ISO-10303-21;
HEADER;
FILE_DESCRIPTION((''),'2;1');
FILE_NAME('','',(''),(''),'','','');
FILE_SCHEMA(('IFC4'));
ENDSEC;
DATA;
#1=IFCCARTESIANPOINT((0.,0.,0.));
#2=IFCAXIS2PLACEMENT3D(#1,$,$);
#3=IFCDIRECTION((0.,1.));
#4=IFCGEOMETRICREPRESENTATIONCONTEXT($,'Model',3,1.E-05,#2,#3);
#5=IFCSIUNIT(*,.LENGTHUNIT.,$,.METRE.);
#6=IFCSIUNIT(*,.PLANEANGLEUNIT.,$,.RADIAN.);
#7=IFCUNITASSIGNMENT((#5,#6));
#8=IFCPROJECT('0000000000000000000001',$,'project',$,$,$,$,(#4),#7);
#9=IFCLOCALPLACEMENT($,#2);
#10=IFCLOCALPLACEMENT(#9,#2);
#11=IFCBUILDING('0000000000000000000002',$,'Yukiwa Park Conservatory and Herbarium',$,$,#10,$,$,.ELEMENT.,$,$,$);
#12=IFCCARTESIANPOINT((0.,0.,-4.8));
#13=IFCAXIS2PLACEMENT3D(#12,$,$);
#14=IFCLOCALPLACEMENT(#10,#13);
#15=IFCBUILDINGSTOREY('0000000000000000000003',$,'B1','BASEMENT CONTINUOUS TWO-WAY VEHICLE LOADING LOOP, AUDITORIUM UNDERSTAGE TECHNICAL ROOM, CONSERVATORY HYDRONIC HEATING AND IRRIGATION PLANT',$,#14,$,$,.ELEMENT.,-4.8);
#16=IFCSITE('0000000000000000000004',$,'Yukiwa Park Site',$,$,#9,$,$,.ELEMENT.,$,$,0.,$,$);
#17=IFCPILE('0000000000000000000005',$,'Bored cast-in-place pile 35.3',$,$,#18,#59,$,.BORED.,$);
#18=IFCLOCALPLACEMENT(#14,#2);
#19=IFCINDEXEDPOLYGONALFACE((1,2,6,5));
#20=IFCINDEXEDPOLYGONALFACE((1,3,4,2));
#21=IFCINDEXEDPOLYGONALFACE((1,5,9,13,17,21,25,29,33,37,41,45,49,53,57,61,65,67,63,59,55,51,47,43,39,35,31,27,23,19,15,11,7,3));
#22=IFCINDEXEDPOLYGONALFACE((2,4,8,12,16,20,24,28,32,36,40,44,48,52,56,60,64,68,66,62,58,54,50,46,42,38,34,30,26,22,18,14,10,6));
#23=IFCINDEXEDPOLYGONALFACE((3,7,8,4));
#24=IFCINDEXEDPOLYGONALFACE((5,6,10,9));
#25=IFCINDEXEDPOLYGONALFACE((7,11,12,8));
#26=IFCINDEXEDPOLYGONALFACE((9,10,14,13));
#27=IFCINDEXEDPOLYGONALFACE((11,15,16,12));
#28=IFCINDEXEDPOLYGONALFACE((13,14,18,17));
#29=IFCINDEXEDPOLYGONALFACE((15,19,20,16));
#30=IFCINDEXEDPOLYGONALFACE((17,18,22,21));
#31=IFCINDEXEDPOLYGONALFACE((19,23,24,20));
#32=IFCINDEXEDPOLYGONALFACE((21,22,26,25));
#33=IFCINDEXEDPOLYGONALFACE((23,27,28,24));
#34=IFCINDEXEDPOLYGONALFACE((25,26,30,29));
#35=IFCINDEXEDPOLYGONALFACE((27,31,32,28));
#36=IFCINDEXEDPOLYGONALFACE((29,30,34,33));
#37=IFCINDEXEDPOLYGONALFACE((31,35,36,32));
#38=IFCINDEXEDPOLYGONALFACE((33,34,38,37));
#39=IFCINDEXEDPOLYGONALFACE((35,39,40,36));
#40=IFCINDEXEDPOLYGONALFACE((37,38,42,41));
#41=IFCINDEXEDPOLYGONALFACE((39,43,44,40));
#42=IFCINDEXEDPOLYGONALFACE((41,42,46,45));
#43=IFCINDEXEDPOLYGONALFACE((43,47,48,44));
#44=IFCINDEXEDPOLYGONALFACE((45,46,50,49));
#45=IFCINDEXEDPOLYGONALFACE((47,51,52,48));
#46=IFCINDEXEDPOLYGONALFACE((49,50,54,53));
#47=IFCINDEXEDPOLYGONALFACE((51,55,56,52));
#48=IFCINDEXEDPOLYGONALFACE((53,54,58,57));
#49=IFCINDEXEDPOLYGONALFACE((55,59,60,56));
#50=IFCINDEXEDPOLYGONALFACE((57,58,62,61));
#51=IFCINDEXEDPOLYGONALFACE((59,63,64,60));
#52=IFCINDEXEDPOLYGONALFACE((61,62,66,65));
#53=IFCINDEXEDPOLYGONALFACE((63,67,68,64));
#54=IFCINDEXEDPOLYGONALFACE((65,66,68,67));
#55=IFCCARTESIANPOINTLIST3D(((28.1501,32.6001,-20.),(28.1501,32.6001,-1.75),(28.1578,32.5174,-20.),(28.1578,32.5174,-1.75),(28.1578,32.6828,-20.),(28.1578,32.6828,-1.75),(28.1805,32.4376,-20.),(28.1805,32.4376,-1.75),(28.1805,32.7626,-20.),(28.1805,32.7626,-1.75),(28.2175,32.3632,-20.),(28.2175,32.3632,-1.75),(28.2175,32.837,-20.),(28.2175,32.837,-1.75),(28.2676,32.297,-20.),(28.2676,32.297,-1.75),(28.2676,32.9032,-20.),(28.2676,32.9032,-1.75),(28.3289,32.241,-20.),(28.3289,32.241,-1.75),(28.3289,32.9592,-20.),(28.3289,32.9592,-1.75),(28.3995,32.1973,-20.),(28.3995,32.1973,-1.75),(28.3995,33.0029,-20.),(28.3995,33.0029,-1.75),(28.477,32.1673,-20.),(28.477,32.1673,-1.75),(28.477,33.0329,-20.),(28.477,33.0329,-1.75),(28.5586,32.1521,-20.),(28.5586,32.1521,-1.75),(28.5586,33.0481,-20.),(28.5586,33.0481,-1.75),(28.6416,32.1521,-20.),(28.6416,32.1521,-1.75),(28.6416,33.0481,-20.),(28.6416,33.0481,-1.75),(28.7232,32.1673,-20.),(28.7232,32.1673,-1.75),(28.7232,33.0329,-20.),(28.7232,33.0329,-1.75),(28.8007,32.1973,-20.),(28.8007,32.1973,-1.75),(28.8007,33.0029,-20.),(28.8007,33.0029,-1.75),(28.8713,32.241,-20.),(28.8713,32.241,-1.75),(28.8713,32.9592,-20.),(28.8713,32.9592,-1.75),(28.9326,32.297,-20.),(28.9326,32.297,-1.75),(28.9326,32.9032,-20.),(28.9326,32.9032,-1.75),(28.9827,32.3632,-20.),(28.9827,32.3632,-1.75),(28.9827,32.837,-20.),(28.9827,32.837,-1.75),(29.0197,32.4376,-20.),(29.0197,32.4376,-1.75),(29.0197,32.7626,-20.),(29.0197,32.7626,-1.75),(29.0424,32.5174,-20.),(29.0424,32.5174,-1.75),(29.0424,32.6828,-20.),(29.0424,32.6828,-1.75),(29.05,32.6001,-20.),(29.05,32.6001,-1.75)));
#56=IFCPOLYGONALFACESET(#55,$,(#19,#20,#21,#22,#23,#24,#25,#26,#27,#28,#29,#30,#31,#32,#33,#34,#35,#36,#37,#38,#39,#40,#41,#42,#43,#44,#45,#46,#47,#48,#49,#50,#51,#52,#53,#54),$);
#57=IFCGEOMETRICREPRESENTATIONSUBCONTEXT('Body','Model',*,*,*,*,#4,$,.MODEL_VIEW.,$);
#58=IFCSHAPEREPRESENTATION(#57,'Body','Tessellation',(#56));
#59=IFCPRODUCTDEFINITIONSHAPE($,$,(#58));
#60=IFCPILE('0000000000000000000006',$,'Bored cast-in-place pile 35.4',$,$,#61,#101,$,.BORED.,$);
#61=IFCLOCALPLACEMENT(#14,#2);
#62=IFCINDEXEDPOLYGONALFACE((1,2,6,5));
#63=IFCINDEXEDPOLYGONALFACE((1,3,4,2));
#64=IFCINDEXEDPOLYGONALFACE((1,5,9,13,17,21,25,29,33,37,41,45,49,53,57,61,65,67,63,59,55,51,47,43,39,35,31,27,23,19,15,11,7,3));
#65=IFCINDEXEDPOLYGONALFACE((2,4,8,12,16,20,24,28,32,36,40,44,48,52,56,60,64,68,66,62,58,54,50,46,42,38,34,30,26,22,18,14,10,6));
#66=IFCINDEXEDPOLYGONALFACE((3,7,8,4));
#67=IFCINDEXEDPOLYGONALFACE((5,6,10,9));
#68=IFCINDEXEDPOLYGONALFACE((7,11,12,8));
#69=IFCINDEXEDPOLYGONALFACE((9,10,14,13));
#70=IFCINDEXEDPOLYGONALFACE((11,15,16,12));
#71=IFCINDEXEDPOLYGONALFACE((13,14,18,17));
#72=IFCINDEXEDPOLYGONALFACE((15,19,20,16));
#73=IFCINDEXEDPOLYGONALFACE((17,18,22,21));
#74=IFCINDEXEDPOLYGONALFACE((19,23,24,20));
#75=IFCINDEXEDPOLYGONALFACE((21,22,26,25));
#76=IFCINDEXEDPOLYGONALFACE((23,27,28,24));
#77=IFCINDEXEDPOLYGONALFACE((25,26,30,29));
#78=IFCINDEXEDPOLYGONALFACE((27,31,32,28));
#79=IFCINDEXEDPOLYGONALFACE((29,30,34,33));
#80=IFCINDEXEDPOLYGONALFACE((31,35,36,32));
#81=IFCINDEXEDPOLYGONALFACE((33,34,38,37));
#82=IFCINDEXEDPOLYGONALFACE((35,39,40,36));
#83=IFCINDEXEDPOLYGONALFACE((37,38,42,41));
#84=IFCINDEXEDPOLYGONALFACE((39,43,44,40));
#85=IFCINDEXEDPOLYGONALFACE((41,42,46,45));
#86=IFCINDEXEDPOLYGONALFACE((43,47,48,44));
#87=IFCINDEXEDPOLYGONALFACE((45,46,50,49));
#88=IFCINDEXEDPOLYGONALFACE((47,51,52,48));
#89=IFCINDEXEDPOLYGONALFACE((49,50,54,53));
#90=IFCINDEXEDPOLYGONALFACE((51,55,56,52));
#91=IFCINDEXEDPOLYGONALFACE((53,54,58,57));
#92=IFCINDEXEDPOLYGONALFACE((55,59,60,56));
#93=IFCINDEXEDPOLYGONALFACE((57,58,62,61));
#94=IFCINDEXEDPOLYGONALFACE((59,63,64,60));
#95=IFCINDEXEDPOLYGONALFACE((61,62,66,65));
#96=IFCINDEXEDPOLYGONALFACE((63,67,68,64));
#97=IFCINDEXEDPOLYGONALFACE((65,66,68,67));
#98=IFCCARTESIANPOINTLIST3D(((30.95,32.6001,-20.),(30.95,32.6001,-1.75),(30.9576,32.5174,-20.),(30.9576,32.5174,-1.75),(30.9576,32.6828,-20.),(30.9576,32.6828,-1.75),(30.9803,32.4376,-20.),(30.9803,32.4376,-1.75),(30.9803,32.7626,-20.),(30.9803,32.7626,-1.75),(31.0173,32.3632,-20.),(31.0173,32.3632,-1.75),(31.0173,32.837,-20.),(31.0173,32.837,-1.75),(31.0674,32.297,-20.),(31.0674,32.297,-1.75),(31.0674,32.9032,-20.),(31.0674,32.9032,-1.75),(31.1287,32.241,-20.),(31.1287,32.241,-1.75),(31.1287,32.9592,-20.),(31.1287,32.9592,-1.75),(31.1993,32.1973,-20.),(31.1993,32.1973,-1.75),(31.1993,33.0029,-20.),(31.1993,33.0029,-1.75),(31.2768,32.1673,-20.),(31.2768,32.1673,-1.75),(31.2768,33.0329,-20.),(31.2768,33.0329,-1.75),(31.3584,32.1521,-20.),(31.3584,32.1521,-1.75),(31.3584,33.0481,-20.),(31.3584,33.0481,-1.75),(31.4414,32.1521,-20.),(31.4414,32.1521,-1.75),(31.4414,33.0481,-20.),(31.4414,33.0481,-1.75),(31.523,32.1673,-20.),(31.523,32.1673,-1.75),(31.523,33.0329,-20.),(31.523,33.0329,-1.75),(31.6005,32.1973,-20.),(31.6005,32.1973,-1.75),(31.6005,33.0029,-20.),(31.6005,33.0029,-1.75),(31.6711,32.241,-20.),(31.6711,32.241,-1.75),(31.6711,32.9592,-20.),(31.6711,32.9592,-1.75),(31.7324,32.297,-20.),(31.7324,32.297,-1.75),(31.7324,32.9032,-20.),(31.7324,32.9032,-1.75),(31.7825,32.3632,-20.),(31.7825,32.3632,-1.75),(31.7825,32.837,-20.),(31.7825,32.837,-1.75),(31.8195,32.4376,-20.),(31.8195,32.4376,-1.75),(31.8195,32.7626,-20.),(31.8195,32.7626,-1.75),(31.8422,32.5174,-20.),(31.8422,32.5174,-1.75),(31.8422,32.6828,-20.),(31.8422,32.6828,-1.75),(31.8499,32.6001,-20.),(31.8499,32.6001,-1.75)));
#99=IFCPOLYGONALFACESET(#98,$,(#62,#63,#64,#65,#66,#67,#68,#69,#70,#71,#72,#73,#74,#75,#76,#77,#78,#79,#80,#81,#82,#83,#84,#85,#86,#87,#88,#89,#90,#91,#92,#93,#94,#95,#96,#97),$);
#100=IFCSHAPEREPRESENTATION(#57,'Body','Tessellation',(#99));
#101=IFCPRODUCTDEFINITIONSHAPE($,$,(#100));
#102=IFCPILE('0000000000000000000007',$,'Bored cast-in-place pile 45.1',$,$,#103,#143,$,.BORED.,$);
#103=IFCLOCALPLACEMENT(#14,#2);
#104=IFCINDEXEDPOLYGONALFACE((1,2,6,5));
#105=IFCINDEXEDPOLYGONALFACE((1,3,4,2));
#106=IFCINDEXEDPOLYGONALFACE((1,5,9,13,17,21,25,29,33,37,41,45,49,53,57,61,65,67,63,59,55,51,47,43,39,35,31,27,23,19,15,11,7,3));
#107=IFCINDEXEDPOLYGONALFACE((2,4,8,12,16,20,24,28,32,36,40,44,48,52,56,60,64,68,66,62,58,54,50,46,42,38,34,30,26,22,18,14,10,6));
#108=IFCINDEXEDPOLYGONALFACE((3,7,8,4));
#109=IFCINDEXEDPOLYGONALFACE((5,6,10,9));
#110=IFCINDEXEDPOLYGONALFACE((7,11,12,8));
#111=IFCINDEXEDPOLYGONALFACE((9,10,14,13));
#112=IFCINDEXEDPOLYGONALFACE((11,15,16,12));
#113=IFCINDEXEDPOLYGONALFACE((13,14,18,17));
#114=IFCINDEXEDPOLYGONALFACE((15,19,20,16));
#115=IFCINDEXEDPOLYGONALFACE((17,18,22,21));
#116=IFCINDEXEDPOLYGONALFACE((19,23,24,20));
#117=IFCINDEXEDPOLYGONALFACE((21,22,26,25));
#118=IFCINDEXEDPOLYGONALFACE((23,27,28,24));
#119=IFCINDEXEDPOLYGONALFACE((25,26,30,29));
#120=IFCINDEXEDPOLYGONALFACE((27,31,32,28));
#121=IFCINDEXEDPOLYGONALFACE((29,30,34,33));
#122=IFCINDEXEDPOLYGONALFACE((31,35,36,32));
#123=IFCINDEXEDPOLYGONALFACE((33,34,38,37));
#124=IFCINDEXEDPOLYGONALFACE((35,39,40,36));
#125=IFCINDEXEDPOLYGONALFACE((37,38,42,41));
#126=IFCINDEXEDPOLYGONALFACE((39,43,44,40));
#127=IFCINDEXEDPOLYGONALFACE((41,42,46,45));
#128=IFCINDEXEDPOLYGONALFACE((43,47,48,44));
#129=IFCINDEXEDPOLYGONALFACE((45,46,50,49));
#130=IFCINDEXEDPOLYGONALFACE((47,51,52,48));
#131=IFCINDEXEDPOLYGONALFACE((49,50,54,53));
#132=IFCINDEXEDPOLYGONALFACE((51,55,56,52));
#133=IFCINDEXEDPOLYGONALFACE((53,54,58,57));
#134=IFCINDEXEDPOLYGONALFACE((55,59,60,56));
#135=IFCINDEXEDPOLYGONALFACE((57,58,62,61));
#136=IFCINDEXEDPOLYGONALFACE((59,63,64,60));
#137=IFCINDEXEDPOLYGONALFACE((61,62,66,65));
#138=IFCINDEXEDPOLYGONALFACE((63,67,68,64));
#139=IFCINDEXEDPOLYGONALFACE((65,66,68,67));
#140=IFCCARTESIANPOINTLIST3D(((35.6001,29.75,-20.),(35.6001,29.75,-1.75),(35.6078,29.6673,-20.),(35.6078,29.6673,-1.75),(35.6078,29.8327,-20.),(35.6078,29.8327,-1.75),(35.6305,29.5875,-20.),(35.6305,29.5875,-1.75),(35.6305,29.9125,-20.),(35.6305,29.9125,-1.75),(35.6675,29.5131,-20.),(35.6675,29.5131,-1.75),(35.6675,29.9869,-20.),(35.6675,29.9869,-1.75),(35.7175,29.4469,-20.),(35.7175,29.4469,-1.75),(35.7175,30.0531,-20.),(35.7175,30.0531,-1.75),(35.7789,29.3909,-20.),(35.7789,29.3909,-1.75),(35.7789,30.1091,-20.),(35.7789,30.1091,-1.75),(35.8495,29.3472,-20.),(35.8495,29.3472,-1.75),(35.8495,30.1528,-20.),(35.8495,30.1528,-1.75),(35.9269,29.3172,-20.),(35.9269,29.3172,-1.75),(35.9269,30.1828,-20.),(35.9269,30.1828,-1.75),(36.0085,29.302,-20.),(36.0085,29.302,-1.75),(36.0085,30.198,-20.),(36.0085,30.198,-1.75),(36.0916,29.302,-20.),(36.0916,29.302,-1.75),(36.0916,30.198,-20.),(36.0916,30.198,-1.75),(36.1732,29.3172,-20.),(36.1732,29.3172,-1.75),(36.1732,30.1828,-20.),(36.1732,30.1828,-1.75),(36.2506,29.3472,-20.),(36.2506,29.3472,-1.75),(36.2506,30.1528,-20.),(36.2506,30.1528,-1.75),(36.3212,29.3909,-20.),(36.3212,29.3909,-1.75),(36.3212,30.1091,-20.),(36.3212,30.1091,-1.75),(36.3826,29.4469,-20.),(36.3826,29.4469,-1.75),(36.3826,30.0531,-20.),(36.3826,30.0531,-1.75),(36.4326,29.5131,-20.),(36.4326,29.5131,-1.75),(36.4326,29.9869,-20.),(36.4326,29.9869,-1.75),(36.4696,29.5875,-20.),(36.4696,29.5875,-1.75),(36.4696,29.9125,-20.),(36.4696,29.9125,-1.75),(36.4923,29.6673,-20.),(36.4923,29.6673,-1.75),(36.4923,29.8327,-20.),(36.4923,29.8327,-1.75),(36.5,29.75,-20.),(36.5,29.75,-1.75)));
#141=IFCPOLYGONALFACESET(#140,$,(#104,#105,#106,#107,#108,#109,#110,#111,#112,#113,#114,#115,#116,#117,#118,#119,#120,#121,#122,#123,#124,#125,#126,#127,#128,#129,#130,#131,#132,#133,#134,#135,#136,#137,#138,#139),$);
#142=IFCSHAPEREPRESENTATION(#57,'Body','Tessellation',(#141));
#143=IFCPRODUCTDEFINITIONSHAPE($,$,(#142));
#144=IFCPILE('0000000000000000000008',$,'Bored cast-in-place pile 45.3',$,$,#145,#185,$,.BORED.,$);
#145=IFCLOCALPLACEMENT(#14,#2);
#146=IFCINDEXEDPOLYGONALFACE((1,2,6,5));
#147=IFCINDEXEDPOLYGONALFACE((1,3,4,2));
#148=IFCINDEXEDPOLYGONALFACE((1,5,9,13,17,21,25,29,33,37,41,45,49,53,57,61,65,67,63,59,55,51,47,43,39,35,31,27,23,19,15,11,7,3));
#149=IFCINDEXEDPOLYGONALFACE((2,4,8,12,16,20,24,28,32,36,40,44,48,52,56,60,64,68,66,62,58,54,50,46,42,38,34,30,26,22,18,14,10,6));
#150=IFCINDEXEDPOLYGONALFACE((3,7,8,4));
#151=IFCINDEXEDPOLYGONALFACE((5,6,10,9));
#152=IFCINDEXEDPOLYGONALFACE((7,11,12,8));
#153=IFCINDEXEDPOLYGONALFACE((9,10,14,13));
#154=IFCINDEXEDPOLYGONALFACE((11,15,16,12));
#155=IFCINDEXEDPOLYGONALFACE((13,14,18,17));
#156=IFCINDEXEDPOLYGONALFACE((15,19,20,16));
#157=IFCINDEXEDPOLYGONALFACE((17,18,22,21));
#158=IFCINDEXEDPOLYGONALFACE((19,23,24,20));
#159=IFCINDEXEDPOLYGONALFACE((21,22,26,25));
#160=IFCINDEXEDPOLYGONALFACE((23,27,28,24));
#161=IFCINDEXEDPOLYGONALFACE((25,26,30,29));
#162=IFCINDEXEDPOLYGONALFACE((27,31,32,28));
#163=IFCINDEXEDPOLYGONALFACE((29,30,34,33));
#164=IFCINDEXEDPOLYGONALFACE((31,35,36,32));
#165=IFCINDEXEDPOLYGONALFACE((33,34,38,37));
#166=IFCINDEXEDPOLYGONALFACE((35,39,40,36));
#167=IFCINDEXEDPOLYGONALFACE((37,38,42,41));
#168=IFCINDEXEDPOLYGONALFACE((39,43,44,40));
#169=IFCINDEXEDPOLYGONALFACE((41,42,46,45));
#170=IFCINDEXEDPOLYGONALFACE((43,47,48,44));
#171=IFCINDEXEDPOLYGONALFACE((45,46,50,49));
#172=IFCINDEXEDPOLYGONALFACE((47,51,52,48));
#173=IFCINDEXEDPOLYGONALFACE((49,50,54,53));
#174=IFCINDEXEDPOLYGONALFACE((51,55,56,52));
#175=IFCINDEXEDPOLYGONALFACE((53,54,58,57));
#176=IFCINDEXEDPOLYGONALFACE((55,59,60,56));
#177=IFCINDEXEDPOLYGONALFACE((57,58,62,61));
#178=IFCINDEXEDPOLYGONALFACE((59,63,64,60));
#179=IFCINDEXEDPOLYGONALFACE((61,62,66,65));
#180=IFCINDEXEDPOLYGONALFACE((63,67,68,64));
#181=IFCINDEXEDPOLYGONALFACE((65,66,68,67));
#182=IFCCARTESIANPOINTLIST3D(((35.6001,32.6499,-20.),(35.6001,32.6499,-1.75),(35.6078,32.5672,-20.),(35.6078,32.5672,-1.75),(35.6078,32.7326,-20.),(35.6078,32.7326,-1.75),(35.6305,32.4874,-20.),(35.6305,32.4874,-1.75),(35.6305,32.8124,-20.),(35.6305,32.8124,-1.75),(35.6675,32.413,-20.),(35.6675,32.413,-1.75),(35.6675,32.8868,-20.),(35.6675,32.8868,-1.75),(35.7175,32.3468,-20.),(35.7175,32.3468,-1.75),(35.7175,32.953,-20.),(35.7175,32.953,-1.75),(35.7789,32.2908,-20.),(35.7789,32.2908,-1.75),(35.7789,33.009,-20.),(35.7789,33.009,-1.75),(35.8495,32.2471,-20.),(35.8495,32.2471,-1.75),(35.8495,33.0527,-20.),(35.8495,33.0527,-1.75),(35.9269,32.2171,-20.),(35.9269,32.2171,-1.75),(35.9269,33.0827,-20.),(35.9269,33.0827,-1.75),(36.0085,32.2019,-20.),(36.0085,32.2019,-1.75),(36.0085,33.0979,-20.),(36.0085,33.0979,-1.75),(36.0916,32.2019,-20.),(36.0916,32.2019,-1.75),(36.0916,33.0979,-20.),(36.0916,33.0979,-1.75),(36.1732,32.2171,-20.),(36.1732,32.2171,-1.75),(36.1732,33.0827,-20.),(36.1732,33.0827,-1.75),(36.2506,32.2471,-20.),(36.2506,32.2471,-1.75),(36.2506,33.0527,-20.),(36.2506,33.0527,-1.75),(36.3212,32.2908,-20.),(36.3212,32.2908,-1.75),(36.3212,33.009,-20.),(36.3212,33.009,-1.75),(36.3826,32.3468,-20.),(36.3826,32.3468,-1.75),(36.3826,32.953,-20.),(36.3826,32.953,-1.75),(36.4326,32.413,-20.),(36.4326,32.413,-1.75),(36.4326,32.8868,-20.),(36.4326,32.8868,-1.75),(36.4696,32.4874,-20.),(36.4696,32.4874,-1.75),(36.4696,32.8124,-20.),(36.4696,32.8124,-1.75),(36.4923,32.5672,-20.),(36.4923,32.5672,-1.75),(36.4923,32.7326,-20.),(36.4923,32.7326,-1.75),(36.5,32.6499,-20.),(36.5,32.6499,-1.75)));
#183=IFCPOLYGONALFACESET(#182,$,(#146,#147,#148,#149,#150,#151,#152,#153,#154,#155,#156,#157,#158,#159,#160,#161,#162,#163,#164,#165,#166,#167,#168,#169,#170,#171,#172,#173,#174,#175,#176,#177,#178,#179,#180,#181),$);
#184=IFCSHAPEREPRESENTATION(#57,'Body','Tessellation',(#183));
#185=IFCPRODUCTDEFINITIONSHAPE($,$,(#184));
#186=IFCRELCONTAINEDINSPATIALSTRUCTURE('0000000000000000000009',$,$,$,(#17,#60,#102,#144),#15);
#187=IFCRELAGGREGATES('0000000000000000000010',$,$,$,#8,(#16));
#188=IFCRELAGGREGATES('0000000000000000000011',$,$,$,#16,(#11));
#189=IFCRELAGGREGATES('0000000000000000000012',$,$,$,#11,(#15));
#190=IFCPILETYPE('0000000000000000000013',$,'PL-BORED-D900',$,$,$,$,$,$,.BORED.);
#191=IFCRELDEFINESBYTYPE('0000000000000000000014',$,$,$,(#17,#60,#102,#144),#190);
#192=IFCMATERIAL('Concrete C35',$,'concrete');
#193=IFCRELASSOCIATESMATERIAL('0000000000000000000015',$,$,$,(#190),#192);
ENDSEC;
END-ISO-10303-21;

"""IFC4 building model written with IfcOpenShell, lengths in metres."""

from ifc_helpers import new_model, si_unit, direction, frame, origin, origin_2d, place, context, subcontext, project, spatial, circle, extrude, material, material_profile, profile_set, type_object, element, save


model = new_model("IFC4")

# Units and contexts
model_context = context("Model", 3, precision=1e-05, world=origin(), true_north=direction((0.0, 1.0)))
body_context = subcontext(model_context, "Body", "Model", "MODEL_VIEW")
ifc_project = project(units=[si_unit("LENGTHUNIT", "METRE"), si_unit("PLANEANGLEUNIT", "RADIAN")], contexts=[model_context])

# Site, building, storey
site_placement = place(None, origin())
site = spatial("IfcSite", under=ifc_project, at=site_placement, Name="Yukiwa Park Site", CompositionType="ELEMENT", RefElevation=0.0)
building_placement = place(site_placement, origin())
building = spatial("IfcBuilding", under=site, at=building_placement, Name="Yukiwa Park Conservatory and Herbarium", CompositionType="ELEMENT")
storey_placement = place(building_placement, frame((0.0, 0.0, -4.8)))
storey = spatial("IfcBuildingStorey", under=building, at=storey_placement, Name="B1", Description="BASEMENT CONTINUOUS TWO-WAY VEHICLE LOADING LOOP, AUDITORIUM UNDERSTAGE TECHNICAL ROOM, CONSERVATORY HYDRONIC HEATING AND IRRIGATION PLANT", CompositionType="ELEMENT", Elevation=-4.8)

# Piles
ifc_material_1 = material(Name="Concrete C35", Category="concrete")
ifc_material_profile_1 = material_profile(ifc_material_1, circle(Radius=0.45, at=origin_2d()), Name="PILE D900")
ifc_profile_set_1 = profile_set([ifc_material_profile_1], Name="Concrete C35")
pile_type_1 = type_object("IfcPileType", Name="PL-BORED-D900", PredefinedType="BORED", material=ifc_profile_set_1)
for number, where, z_axis, x_axis, name in (
    (1, (28.6001, 32.6001, -1.75), (0.0, 0.0, -1.0), (1.0, 0.0, 0.0), "Bored cast-in-place pile 35.3"),
    (2, (31.3999, 32.6001, -1.75), (0.0, 0.0, -1.0), (1.0, 0.0, 0.0), "Bored cast-in-place pile 35.4"),
    (3, (36.05, 29.75, -1.75), (0.0, 0.0, -1.0), (1.0, 0.0, 0.0), "Bored cast-in-place pile 45.1"),
    (4, (36.05, 32.6499, -1.75), (0.0, 0.0, -1.0), (1.0, 0.0, 0.0), "Bored cast-in-place pile 45.3"),
):
    element("IfcPile", number, at=place(storey_placement, frame(where, z_axis=z_axis, x_axis=x_axis)), inside=storey, type_object=pile_type_1, Name=name, PredefinedType="BORED", context=body_context, shape_type="SweptSolid", body=[
        extrude(circle(Radius=0.45, at=origin_2d()), origin(), (0.0, 0.0, 1.0), 18.25),
    ])

save(model, "model.ifc")
